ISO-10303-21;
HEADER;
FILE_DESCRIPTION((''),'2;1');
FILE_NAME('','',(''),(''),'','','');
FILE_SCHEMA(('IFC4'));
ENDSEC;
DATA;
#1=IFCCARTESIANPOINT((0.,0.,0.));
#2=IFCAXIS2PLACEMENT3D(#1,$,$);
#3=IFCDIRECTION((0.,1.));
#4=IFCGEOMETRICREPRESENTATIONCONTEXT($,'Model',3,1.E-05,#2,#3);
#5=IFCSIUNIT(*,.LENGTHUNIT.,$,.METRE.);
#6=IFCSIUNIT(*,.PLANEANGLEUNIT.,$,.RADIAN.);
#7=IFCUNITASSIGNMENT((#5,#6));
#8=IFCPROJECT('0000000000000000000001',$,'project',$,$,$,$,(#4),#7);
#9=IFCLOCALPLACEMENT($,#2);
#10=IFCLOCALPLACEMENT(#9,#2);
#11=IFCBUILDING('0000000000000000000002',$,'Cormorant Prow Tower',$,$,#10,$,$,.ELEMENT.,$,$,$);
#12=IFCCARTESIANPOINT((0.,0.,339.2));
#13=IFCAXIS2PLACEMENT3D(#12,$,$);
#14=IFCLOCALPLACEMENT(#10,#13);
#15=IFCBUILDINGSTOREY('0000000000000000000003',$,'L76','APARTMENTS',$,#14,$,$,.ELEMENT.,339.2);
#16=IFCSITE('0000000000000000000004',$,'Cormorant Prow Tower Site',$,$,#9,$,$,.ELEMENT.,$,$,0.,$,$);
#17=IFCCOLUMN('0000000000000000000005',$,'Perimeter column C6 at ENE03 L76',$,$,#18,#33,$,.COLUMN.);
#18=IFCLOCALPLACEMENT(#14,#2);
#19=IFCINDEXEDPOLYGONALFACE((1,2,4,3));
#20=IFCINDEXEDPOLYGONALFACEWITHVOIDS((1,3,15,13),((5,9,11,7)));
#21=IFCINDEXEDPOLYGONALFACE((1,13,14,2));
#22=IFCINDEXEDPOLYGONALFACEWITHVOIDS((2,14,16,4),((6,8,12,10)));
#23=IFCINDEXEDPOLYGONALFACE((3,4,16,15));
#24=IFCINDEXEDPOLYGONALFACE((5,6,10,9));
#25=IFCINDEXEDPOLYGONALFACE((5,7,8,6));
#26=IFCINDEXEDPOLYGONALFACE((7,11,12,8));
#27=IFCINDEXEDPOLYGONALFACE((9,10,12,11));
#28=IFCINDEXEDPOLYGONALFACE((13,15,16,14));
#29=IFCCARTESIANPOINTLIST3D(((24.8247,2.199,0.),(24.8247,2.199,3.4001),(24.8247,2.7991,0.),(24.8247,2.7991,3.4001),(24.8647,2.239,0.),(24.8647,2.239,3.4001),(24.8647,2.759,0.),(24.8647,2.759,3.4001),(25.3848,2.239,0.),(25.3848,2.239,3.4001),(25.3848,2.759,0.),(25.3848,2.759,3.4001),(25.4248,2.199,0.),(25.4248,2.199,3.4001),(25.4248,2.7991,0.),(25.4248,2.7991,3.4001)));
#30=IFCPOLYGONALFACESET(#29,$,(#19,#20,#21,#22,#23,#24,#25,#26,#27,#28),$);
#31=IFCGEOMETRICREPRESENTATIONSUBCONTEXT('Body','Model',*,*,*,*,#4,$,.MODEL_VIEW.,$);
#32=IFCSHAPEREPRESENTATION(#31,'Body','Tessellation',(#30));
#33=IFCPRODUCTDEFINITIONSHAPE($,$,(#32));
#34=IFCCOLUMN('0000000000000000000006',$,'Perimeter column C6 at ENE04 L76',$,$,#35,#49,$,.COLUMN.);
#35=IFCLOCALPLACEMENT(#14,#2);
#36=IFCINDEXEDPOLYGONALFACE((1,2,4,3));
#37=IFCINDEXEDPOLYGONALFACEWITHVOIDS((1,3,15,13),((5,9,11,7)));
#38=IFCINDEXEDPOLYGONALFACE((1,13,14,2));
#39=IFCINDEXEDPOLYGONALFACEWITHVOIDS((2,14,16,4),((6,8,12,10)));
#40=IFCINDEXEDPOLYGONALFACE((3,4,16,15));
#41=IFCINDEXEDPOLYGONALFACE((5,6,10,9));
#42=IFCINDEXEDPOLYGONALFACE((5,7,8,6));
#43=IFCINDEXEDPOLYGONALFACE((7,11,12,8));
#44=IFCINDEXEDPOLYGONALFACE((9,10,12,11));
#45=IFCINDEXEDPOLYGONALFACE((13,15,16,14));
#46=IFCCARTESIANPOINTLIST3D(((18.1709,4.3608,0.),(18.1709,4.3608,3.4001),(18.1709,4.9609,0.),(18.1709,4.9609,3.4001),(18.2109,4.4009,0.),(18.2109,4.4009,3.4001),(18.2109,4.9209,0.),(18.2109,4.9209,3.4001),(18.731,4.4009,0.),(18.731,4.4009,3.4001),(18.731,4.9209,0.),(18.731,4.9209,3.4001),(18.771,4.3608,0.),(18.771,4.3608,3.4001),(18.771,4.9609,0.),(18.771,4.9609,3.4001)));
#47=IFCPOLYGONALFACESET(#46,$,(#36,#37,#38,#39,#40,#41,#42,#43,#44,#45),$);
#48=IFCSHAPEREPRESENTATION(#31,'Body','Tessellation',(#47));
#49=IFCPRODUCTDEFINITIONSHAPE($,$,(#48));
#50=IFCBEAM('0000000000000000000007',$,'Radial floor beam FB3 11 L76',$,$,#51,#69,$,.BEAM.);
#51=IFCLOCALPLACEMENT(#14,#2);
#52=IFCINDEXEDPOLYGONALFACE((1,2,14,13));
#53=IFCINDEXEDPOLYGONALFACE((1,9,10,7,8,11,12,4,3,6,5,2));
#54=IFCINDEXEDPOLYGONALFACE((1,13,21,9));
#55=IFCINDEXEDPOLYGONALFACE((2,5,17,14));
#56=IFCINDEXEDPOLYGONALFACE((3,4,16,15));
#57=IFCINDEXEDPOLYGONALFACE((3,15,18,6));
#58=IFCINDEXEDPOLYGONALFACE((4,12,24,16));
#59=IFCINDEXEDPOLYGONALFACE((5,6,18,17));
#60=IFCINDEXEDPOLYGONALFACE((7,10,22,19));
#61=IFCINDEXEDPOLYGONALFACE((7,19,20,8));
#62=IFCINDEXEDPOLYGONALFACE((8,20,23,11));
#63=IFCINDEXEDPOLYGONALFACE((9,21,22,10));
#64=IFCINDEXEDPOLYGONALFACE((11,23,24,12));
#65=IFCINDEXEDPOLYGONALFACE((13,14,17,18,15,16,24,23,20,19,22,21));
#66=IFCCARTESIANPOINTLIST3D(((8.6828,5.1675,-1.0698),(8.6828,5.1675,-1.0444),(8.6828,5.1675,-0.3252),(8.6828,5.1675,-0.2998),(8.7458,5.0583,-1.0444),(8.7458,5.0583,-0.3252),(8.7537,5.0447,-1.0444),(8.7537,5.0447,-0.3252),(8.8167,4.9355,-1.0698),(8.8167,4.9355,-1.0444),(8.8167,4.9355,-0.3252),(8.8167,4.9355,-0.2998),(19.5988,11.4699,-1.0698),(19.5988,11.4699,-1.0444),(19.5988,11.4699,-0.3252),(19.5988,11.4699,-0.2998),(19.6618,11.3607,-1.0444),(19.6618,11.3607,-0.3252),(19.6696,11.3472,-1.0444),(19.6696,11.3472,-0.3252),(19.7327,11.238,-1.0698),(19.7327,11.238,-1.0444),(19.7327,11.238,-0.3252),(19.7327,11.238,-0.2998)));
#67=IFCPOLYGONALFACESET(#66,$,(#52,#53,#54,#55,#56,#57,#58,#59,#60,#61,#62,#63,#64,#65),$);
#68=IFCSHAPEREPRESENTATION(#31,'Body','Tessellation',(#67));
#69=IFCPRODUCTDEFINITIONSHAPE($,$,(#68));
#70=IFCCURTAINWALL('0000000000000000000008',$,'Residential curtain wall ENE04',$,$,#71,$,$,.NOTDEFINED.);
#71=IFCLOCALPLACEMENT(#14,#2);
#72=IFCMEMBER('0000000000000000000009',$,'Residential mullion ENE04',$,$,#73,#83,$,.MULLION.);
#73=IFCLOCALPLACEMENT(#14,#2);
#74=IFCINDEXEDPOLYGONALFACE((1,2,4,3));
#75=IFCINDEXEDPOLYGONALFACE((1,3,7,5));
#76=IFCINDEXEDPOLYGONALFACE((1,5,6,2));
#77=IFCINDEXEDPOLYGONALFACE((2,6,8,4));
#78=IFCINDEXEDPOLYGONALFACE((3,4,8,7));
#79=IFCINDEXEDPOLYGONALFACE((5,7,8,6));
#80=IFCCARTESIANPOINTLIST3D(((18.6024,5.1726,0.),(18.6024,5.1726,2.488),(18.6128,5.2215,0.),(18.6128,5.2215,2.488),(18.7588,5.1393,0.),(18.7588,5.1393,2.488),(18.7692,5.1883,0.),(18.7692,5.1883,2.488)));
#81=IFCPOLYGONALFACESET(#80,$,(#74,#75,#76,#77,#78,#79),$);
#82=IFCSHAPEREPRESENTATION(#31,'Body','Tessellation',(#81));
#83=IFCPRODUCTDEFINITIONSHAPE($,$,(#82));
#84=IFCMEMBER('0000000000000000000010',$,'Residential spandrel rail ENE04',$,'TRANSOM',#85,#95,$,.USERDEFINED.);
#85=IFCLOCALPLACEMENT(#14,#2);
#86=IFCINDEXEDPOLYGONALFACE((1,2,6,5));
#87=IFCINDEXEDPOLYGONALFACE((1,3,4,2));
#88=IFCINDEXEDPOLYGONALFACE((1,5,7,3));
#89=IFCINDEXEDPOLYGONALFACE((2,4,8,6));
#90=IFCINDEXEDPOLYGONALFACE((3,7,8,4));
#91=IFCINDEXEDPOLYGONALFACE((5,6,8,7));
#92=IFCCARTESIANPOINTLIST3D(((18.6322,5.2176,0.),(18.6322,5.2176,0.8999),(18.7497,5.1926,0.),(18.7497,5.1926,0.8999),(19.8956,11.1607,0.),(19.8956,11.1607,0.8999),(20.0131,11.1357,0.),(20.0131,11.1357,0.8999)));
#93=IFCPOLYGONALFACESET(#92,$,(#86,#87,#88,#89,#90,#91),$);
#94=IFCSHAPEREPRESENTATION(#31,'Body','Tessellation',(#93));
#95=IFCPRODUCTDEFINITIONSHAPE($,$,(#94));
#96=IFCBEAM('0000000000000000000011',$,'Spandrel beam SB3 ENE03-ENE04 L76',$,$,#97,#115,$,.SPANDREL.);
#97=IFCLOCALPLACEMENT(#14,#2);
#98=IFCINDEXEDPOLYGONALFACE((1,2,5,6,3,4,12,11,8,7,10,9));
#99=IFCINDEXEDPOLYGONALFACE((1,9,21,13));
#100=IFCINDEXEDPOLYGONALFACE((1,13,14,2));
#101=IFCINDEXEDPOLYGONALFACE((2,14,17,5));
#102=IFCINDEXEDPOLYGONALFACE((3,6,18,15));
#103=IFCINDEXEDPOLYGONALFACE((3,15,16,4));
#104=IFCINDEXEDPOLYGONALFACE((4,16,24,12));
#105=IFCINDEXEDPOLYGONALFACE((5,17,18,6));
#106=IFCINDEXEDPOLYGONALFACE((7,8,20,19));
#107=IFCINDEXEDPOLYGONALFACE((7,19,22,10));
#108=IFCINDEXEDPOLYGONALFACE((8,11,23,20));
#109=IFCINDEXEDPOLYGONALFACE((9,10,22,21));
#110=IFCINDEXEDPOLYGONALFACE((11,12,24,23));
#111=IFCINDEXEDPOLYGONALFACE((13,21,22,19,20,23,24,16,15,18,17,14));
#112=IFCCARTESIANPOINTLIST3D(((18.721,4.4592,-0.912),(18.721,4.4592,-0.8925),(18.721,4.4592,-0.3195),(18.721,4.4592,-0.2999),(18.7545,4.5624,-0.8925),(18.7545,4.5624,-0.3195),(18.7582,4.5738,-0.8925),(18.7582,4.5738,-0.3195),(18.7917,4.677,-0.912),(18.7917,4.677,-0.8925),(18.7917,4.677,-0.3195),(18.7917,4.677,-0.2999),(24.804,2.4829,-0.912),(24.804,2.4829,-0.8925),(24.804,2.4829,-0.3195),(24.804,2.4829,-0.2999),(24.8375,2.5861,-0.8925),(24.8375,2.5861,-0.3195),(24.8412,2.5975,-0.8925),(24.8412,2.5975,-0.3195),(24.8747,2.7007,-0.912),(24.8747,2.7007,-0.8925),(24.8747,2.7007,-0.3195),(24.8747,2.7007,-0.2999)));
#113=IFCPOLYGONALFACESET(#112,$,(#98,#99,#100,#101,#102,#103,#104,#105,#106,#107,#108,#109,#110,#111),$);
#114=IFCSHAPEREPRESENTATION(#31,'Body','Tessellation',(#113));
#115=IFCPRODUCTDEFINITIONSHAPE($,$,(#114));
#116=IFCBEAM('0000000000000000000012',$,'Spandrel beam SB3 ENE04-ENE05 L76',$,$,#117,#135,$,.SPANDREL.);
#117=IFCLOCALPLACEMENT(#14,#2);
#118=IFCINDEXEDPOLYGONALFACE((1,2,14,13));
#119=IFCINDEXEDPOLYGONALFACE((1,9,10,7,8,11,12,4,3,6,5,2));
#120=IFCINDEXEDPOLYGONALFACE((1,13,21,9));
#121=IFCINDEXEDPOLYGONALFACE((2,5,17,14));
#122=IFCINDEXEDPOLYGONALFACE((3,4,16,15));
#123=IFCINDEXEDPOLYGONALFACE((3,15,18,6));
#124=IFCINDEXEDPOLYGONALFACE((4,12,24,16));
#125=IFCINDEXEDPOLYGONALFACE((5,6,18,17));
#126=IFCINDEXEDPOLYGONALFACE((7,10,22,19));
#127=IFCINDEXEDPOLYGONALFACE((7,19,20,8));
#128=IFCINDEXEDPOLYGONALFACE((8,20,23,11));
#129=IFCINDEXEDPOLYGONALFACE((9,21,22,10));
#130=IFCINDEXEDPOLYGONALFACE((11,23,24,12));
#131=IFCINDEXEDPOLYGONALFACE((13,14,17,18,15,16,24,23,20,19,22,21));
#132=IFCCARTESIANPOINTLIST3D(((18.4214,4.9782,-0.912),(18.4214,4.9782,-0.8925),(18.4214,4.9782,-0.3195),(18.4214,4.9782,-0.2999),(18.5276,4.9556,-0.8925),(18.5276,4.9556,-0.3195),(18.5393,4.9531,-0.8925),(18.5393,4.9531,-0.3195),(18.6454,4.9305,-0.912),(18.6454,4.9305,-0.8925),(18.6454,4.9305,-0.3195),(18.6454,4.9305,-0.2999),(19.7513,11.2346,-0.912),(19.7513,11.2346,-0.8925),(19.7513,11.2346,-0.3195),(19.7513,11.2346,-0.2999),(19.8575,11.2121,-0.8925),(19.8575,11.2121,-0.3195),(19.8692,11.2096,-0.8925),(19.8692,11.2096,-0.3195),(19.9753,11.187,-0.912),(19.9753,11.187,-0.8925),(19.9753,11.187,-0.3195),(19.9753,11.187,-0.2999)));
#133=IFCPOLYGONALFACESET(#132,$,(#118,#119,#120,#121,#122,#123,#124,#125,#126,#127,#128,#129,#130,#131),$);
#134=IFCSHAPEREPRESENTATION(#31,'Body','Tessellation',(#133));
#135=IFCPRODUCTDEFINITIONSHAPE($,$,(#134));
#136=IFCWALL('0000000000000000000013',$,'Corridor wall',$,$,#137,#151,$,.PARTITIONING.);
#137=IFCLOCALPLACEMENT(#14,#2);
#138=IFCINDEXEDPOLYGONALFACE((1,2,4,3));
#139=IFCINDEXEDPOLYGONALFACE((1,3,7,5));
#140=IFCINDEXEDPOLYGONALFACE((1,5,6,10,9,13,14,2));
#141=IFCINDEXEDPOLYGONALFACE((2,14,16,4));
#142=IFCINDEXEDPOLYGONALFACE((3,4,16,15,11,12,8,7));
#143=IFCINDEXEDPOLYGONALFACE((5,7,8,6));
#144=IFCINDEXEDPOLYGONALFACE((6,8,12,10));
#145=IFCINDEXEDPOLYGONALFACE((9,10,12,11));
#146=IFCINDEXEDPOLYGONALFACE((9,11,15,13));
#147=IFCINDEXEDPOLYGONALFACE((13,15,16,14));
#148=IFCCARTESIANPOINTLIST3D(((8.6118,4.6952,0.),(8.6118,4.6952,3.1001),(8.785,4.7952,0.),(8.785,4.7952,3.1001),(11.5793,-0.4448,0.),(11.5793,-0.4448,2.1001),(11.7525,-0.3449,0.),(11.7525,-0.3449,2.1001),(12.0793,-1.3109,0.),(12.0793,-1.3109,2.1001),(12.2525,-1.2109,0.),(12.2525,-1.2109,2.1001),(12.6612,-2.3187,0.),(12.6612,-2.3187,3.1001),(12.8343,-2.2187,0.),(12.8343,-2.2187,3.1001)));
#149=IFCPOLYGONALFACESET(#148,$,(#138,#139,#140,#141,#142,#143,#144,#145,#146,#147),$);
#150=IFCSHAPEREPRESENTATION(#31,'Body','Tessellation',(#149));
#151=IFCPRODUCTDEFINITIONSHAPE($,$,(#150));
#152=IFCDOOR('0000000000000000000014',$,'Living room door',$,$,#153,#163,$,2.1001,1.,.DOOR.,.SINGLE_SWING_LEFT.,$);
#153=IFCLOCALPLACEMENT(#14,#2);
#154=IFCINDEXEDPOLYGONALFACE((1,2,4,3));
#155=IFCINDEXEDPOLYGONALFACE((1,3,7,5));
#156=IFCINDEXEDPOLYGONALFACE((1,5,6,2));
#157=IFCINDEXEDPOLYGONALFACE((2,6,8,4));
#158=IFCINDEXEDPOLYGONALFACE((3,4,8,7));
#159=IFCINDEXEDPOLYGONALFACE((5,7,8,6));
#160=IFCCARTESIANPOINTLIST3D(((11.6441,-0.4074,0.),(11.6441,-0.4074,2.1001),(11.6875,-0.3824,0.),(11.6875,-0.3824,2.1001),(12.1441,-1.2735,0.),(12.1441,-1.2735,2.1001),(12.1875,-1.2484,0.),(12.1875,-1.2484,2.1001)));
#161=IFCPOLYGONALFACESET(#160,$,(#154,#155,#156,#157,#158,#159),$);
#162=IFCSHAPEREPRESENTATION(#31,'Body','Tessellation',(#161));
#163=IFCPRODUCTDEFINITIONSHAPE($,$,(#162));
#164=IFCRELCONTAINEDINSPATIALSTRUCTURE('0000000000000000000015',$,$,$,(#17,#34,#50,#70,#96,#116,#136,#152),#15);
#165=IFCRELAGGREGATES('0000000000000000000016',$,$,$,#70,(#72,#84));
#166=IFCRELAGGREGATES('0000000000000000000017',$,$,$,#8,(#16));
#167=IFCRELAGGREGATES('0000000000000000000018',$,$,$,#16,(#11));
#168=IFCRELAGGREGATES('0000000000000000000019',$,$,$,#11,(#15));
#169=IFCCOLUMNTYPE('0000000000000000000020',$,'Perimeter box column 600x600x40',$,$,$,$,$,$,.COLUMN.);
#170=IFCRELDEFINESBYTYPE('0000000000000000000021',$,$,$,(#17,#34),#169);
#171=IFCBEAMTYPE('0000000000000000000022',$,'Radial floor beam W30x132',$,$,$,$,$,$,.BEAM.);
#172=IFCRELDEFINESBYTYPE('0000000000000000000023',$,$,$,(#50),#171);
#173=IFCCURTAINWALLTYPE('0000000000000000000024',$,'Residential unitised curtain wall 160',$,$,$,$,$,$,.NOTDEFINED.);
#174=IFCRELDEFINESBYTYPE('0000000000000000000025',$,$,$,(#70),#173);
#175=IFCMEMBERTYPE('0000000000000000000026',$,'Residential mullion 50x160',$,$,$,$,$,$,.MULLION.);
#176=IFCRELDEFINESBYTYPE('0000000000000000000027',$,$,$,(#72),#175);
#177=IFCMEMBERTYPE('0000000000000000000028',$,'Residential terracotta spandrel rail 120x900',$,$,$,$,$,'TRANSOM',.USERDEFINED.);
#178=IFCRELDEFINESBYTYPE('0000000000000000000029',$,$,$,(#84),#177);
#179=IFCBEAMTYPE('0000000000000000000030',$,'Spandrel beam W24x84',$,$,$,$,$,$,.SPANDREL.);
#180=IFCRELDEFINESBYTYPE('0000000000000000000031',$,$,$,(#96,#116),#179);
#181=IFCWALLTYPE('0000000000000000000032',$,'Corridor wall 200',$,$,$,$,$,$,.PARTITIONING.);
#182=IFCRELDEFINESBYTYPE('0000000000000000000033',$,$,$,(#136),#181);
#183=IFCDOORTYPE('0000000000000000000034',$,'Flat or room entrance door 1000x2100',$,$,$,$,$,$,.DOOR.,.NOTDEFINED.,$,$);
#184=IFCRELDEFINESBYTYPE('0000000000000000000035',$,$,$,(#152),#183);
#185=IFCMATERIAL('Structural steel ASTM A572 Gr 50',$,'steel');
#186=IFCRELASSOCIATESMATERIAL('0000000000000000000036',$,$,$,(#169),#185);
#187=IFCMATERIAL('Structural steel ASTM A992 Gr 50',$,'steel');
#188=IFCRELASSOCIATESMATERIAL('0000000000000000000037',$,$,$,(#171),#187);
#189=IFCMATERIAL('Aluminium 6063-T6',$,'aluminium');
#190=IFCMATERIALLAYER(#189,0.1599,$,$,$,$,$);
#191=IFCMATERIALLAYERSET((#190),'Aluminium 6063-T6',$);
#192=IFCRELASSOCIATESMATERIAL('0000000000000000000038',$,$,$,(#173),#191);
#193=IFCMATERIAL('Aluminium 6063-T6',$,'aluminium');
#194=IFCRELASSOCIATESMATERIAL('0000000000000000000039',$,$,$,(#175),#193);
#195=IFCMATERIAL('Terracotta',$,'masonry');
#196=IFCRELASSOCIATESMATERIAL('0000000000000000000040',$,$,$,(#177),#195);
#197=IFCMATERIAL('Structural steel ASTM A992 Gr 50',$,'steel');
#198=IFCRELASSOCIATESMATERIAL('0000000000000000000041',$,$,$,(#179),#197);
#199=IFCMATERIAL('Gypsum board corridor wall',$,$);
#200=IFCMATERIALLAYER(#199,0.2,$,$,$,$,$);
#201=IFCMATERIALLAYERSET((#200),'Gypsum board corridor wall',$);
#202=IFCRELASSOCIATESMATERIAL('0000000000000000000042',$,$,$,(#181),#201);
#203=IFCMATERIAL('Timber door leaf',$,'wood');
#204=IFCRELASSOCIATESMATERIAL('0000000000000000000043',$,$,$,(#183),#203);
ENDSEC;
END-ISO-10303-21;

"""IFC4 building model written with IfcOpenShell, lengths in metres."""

from ifc_helpers import new_model, si_unit, direction, frame, frame_2d, origin, origin_2d, place, context, subcontext, project, spatial, rectangle, hollow_rectangle, i_section, extrude, material, layer, layer_set, material_profile, profile_set, type_object, element, fill, aggregate, save


model = new_model("IFC4")

# Units and contexts
model_context = context("Model", 3, precision=1e-05, world=origin(), true_north=direction((0.0, 1.0)))
body_context = subcontext(model_context, "Body", "Model", "MODEL_VIEW")
ifc_project = project(units=[si_unit("LENGTHUNIT", "METRE"), si_unit("PLANEANGLEUNIT", "RADIAN")], contexts=[model_context])

# Site, building, storey
site_placement = place(None, origin())
site = spatial("IfcSite", under=ifc_project, at=site_placement, Name="Cormorant Prow Tower Site", CompositionType="ELEMENT", RefElevation=0.0)
building_placement = place(site_placement, origin())
building = spatial("IfcBuilding", under=site, at=building_placement, Name="Cormorant Prow Tower", CompositionType="ELEMENT")
storey_placement = place(building_placement, frame((0.0, 0.0, 339.2)))
storey = spatial("IfcBuildingStorey", under=building, at=storey_placement, Name="L76", Description="APARTMENTS", CompositionType="ELEMENT", Elevation=339.2)

# Columns
ifc_material_1 = material(Name="Structural steel ASTM A572 Gr 50", Category="steel")
ifc_material_profile_1 = material_profile(ifc_material_1, hollow_rectangle(XDim=0.6001, YDim=0.6001, WallThickness=0.04, at=origin_2d()), Name="Box 600x600x40")
ifc_profile_set_1 = profile_set([ifc_material_profile_1], Name="Structural steel ASTM A572 Gr 50")
column_type = type_object("IfcColumnType", Name="Perimeter box column 600x600x40", PredefinedType="COLUMN", material=ifc_profile_set_1)
for number, where, z_axis, x_axis, name in (
    (1, (25.1248, 2.499, 0.0), (0.0, 0.0, 1.0), (1.0, 0.0, 0.0), "Perimeter column C6 at ENE03 L76"),
    (2, (18.4709, 4.6609, 0.0), (0.0, 0.0, 1.0), (1.0, 0.0, 0.0), "Perimeter column C6 at ENE04 L76"),
):
    element("IfcColumn", number, at=place(storey_placement, frame(where, z_axis=z_axis, x_axis=x_axis)), inside=storey, type_object=column_type, Name=name, PredefinedType="COLUMN", context=body_context, shape_type="SweptSolid", body=[
        extrude(hollow_rectangle(XDim=0.6001, YDim=0.6001, WallThickness=0.04, at=origin_2d()), origin(), (0.0, 0.0, 1.0), 3.4001),
    ])

# Beam
ifc_material_2 = material(Name="Structural steel ASTM A992 Gr 50", Category="steel")
ifc_material_profile_2 = material_profile(ifc_material_2, i_section(OverallWidth=0.2678, OverallDepth=0.77, WebThickness=0.0156, FlangeThickness=0.0254, at=origin_2d()), Name="W30x132")
ifc_profile_set_2 = profile_set([ifc_material_profile_2], Name="Structural steel ASTM A992 Gr 50")
beam_type_1 = type_object("IfcBeamType", Name="Radial floor beam W30x132", PredefinedType="BEAM", material=ifc_profile_set_2)
beam_1_placement = place(storey_placement, frame((8.7498, 5.0515, -0.6848), z_axis=(0.866021, 0.500007, 0.0), x_axis=(-0.500007, 0.866021, 0.0)))
element("IfcBeam", 3, at=beam_1_placement, inside=storey, type_object=beam_type_1, Name="Radial floor beam FB3 11 L76", PredefinedType="BEAM", context=body_context, shape_type="SweptSolid", body=[
    extrude(i_section(OverallWidth=0.2678, OverallDepth=0.77, WebThickness=0.0156, FlangeThickness=0.0254, at=origin_2d()), origin(), (0.0, 0.0, 1.0), 12.6047),
])

# Curtain wall, members
ifc_material_3 = material(Name="Aluminium 6063-T6", Category="aluminium")
ifc_layer_1 = layer(ifc_material_3, 0.1599)
ifc_layer_set_1 = layer_set([ifc_layer_1], Name="Aluminium 6063-T6")
curtain_wall_type = type_object("IfcCurtainWallType", Name="Residential unitised curtain wall 160", PredefinedType="NOTDEFINED", material=ifc_layer_set_1)
curtain_wall_placement = place(storey_placement, origin())
curtain_wall = element("IfcCurtainWall", 4, at=curtain_wall_placement, inside=storey, type_object=curtain_wall_type, Name="Residential curtain wall ENE04", PredefinedType="NOTDEFINED")
ifc_material_4 = material(Name="Aluminium 6063-T6", Category="aluminium")
ifc_material_profile_3 = material_profile(ifc_material_4, rectangle(XDim=0.1599, YDim=0.05, at=origin_2d()), Name="Residential mullion 50x160")
ifc_profile_set_3 = profile_set([ifc_material_profile_3], Name="Aluminium 6063-T6")
member_type_1 = type_object("IfcMemberType", Name="Residential mullion 50x160", PredefinedType="MULLION", material=ifc_profile_set_3)
member_1_placement = place(storey_placement, frame((18.6858, 5.1804, 0.0), z_axis=(0.0, 0.0, 1.0), x_axis=(-0.978148, 0.207912, 0.0)))
member_1 = element("IfcMember", 5, at=member_1_placement, type_object=member_type_1, Name="Residential mullion ENE04", PredefinedType="MULLION", context=body_context, shape_type="SweptSolid", body=[
    extrude(rectangle(XDim=0.1599, YDim=0.05, at=origin_2d()), origin(), (0.0, 0.0, 1.0), 2.488),
])
ifc_material_5 = material(Name="Terracotta", Category="masonry")
ifc_material_profile_4 = material_profile(ifc_material_5, rectangle(XDim=0.1201, YDim=0.8999, at=origin_2d()), Name="Residential terracotta spandrel rail 120x900")
ifc_profile_set_4 = profile_set([ifc_material_profile_4], Name="Terracotta")
member_type_2 = type_object("IfcMemberType", Name="Residential terracotta spandrel rail 120x900", ElementType="TRANSOM", PredefinedType="USERDEFINED", material=ifc_profile_set_4)
member_2_placement = place(storey_placement, frame((18.6909, 5.2051, 0.45), z_axis=(0.20794, 0.978142, 0.0), x_axis=(-0.978142, 0.20794, 0.0)))
member_2 = element("IfcMember", 6, at=member_2_placement, type_object=member_type_2, Name="Residential spandrel rail ENE04", ObjectType="TRANSOM", PredefinedType="USERDEFINED", context=body_context, shape_type="SweptSolid", body=[
    extrude(rectangle(XDim=0.1201, YDim=0.8999, at=origin_2d()), origin(), (0.0, 0.0, 1.0), 6.0759),
])
aggregate(curtain_wall, [member_1, member_2])

# Beams
ifc_material_6 = material(Name="Structural steel ASTM A992 Gr 50", Category="steel")
ifc_material_profile_5 = material_profile(ifc_material_6, i_section(OverallWidth=0.229, OverallDepth=0.6121, WebThickness=0.012, FlangeThickness=0.0195, at=origin_2d()), Name="W24x84")
ifc_profile_set_5 = profile_set([ifc_material_profile_5], Name="Structural steel ASTM A992 Gr 50")
beam_type_2 = type_object("IfcBeamType", Name="Spandrel beam W24x84", PredefinedType="SPANDREL", material=ifc_profile_set_5)
beam_2_placement = place(storey_placement, frame((24.8394, 2.5918, -0.606), z_axis=(-0.951064, 0.308993, 0.0), x_axis=(-0.308993, -0.951064, 0.0)))
element("IfcBeam", 7, at=beam_2_placement, inside=storey, type_object=beam_type_2, Name="Spandrel beam SB3 ENE03-ENE04 L76", PredefinedType="SPANDREL", context=body_context, shape_type="SweptSolid", body=[
    extrude(i_section(OverallWidth=0.229, OverallDepth=0.6121, WebThickness=0.012, FlangeThickness=0.0195, at=origin_2d()), origin(), (0.0, 0.0, 1.0), 6.396),
])
beam_3_placement = place(storey_placement, frame((18.5334, 4.9543, -0.606), z_axis=(0.207913, 0.978147, 0.0), x_axis=(-0.978147, 0.207913, 0.0)))
element("IfcBeam", 8, at=beam_3_placement, inside=storey, type_object=beam_type_2, Name="Spandrel beam SB3 ENE04-ENE05 L76", PredefinedType="SPANDREL", context=body_context, shape_type="SweptSolid", body=[
    extrude(i_section(OverallWidth=0.229, OverallDepth=0.6121, WebThickness=0.012, FlangeThickness=0.0195, at=origin_2d()), origin(), (0.0, 0.0, 1.0), 6.3962),
])

# Wall, opening, door
ifc_material_7 = material(Name="Gypsum board corridor wall")
ifc_layer_2 = layer(ifc_material_7, 0.2)
ifc_layer_set_2 = layer_set([ifc_layer_2], Name="Gypsum board corridor wall")
wall_type_1 = type_object("IfcWallType", Name="Corridor wall 200", PredefinedType="PARTITIONING", material=ifc_layer_set_2)
wall_1_placement = place(storey_placement, frame((8.6985, 4.7451, 0.0), z_axis=(0.0, 0.0, 1.0), x_axis=(0.499984, -0.866034, 0.0)))
wall_1 = element("IfcWall", 9, at=wall_1_placement, inside=storey, type_object=wall_type_1, Name="Corridor wall", PredefinedType="PARTITIONING", context=body_context, shape_type="SweptSolid", body=[
    extrude(rectangle(XDim=8.0989, YDim=0.2, at=frame_2d((4.0493, 0.0))), origin(), (0.0, 0.0, 1.0), 3.1001),
])
opening_1_placement = place(wall_1_placement, frame((5.9351, 0.0, 0.0)))
opening_1 = element("IfcOpeningElement", 10, at=opening_1_placement, cuts=wall_1, PredefinedType="OPENING", context=body_context, shape_type="SweptSolid", body=[
    extrude(rectangle(XDim=1.0, YDim=2.1001, at=frame_2d((0.5, 1.05))), frame((0.0, 0.1099, 0.0), z_axis=(0.0, -1.0, 0.0), x_axis=(1.0, 0.0, 0.0)), (0.0, 0.0, 1.0), 0.22),
])
ifc_material_8 = material(Name="Timber door leaf", Category="wood")
door_type_1 = type_object("IfcDoorType", Name="Flat or room entrance door 1000x2100", OperationType="NOTDEFINED", PredefinedType="DOOR", material=ifc_material_8)
door_1_placement = place(opening_1_placement, origin())
door_1 = element("IfcDoor", 11, at=door_1_placement, inside=storey, type_object=door_type_1, Name="Living room door", OperationType="SINGLE_SWING_LEFT", OverallHeight=2.1001, OverallWidth=1.0, PredefinedType="DOOR", context=body_context, shape_type="SweptSolid", body=[
    extrude(rectangle(XDim=1.0, YDim=2.1001, at=frame_2d((0.5, 1.05))), frame((0.0, 0.0249, 0.0), z_axis=(0.0, -1.0, 0.0), x_axis=(1.0, 0.0, 0.0)), (0.0, 0.0, 1.0), 0.05),
])
fill(opening_1, door_1)

save(model, "model.ifc")
